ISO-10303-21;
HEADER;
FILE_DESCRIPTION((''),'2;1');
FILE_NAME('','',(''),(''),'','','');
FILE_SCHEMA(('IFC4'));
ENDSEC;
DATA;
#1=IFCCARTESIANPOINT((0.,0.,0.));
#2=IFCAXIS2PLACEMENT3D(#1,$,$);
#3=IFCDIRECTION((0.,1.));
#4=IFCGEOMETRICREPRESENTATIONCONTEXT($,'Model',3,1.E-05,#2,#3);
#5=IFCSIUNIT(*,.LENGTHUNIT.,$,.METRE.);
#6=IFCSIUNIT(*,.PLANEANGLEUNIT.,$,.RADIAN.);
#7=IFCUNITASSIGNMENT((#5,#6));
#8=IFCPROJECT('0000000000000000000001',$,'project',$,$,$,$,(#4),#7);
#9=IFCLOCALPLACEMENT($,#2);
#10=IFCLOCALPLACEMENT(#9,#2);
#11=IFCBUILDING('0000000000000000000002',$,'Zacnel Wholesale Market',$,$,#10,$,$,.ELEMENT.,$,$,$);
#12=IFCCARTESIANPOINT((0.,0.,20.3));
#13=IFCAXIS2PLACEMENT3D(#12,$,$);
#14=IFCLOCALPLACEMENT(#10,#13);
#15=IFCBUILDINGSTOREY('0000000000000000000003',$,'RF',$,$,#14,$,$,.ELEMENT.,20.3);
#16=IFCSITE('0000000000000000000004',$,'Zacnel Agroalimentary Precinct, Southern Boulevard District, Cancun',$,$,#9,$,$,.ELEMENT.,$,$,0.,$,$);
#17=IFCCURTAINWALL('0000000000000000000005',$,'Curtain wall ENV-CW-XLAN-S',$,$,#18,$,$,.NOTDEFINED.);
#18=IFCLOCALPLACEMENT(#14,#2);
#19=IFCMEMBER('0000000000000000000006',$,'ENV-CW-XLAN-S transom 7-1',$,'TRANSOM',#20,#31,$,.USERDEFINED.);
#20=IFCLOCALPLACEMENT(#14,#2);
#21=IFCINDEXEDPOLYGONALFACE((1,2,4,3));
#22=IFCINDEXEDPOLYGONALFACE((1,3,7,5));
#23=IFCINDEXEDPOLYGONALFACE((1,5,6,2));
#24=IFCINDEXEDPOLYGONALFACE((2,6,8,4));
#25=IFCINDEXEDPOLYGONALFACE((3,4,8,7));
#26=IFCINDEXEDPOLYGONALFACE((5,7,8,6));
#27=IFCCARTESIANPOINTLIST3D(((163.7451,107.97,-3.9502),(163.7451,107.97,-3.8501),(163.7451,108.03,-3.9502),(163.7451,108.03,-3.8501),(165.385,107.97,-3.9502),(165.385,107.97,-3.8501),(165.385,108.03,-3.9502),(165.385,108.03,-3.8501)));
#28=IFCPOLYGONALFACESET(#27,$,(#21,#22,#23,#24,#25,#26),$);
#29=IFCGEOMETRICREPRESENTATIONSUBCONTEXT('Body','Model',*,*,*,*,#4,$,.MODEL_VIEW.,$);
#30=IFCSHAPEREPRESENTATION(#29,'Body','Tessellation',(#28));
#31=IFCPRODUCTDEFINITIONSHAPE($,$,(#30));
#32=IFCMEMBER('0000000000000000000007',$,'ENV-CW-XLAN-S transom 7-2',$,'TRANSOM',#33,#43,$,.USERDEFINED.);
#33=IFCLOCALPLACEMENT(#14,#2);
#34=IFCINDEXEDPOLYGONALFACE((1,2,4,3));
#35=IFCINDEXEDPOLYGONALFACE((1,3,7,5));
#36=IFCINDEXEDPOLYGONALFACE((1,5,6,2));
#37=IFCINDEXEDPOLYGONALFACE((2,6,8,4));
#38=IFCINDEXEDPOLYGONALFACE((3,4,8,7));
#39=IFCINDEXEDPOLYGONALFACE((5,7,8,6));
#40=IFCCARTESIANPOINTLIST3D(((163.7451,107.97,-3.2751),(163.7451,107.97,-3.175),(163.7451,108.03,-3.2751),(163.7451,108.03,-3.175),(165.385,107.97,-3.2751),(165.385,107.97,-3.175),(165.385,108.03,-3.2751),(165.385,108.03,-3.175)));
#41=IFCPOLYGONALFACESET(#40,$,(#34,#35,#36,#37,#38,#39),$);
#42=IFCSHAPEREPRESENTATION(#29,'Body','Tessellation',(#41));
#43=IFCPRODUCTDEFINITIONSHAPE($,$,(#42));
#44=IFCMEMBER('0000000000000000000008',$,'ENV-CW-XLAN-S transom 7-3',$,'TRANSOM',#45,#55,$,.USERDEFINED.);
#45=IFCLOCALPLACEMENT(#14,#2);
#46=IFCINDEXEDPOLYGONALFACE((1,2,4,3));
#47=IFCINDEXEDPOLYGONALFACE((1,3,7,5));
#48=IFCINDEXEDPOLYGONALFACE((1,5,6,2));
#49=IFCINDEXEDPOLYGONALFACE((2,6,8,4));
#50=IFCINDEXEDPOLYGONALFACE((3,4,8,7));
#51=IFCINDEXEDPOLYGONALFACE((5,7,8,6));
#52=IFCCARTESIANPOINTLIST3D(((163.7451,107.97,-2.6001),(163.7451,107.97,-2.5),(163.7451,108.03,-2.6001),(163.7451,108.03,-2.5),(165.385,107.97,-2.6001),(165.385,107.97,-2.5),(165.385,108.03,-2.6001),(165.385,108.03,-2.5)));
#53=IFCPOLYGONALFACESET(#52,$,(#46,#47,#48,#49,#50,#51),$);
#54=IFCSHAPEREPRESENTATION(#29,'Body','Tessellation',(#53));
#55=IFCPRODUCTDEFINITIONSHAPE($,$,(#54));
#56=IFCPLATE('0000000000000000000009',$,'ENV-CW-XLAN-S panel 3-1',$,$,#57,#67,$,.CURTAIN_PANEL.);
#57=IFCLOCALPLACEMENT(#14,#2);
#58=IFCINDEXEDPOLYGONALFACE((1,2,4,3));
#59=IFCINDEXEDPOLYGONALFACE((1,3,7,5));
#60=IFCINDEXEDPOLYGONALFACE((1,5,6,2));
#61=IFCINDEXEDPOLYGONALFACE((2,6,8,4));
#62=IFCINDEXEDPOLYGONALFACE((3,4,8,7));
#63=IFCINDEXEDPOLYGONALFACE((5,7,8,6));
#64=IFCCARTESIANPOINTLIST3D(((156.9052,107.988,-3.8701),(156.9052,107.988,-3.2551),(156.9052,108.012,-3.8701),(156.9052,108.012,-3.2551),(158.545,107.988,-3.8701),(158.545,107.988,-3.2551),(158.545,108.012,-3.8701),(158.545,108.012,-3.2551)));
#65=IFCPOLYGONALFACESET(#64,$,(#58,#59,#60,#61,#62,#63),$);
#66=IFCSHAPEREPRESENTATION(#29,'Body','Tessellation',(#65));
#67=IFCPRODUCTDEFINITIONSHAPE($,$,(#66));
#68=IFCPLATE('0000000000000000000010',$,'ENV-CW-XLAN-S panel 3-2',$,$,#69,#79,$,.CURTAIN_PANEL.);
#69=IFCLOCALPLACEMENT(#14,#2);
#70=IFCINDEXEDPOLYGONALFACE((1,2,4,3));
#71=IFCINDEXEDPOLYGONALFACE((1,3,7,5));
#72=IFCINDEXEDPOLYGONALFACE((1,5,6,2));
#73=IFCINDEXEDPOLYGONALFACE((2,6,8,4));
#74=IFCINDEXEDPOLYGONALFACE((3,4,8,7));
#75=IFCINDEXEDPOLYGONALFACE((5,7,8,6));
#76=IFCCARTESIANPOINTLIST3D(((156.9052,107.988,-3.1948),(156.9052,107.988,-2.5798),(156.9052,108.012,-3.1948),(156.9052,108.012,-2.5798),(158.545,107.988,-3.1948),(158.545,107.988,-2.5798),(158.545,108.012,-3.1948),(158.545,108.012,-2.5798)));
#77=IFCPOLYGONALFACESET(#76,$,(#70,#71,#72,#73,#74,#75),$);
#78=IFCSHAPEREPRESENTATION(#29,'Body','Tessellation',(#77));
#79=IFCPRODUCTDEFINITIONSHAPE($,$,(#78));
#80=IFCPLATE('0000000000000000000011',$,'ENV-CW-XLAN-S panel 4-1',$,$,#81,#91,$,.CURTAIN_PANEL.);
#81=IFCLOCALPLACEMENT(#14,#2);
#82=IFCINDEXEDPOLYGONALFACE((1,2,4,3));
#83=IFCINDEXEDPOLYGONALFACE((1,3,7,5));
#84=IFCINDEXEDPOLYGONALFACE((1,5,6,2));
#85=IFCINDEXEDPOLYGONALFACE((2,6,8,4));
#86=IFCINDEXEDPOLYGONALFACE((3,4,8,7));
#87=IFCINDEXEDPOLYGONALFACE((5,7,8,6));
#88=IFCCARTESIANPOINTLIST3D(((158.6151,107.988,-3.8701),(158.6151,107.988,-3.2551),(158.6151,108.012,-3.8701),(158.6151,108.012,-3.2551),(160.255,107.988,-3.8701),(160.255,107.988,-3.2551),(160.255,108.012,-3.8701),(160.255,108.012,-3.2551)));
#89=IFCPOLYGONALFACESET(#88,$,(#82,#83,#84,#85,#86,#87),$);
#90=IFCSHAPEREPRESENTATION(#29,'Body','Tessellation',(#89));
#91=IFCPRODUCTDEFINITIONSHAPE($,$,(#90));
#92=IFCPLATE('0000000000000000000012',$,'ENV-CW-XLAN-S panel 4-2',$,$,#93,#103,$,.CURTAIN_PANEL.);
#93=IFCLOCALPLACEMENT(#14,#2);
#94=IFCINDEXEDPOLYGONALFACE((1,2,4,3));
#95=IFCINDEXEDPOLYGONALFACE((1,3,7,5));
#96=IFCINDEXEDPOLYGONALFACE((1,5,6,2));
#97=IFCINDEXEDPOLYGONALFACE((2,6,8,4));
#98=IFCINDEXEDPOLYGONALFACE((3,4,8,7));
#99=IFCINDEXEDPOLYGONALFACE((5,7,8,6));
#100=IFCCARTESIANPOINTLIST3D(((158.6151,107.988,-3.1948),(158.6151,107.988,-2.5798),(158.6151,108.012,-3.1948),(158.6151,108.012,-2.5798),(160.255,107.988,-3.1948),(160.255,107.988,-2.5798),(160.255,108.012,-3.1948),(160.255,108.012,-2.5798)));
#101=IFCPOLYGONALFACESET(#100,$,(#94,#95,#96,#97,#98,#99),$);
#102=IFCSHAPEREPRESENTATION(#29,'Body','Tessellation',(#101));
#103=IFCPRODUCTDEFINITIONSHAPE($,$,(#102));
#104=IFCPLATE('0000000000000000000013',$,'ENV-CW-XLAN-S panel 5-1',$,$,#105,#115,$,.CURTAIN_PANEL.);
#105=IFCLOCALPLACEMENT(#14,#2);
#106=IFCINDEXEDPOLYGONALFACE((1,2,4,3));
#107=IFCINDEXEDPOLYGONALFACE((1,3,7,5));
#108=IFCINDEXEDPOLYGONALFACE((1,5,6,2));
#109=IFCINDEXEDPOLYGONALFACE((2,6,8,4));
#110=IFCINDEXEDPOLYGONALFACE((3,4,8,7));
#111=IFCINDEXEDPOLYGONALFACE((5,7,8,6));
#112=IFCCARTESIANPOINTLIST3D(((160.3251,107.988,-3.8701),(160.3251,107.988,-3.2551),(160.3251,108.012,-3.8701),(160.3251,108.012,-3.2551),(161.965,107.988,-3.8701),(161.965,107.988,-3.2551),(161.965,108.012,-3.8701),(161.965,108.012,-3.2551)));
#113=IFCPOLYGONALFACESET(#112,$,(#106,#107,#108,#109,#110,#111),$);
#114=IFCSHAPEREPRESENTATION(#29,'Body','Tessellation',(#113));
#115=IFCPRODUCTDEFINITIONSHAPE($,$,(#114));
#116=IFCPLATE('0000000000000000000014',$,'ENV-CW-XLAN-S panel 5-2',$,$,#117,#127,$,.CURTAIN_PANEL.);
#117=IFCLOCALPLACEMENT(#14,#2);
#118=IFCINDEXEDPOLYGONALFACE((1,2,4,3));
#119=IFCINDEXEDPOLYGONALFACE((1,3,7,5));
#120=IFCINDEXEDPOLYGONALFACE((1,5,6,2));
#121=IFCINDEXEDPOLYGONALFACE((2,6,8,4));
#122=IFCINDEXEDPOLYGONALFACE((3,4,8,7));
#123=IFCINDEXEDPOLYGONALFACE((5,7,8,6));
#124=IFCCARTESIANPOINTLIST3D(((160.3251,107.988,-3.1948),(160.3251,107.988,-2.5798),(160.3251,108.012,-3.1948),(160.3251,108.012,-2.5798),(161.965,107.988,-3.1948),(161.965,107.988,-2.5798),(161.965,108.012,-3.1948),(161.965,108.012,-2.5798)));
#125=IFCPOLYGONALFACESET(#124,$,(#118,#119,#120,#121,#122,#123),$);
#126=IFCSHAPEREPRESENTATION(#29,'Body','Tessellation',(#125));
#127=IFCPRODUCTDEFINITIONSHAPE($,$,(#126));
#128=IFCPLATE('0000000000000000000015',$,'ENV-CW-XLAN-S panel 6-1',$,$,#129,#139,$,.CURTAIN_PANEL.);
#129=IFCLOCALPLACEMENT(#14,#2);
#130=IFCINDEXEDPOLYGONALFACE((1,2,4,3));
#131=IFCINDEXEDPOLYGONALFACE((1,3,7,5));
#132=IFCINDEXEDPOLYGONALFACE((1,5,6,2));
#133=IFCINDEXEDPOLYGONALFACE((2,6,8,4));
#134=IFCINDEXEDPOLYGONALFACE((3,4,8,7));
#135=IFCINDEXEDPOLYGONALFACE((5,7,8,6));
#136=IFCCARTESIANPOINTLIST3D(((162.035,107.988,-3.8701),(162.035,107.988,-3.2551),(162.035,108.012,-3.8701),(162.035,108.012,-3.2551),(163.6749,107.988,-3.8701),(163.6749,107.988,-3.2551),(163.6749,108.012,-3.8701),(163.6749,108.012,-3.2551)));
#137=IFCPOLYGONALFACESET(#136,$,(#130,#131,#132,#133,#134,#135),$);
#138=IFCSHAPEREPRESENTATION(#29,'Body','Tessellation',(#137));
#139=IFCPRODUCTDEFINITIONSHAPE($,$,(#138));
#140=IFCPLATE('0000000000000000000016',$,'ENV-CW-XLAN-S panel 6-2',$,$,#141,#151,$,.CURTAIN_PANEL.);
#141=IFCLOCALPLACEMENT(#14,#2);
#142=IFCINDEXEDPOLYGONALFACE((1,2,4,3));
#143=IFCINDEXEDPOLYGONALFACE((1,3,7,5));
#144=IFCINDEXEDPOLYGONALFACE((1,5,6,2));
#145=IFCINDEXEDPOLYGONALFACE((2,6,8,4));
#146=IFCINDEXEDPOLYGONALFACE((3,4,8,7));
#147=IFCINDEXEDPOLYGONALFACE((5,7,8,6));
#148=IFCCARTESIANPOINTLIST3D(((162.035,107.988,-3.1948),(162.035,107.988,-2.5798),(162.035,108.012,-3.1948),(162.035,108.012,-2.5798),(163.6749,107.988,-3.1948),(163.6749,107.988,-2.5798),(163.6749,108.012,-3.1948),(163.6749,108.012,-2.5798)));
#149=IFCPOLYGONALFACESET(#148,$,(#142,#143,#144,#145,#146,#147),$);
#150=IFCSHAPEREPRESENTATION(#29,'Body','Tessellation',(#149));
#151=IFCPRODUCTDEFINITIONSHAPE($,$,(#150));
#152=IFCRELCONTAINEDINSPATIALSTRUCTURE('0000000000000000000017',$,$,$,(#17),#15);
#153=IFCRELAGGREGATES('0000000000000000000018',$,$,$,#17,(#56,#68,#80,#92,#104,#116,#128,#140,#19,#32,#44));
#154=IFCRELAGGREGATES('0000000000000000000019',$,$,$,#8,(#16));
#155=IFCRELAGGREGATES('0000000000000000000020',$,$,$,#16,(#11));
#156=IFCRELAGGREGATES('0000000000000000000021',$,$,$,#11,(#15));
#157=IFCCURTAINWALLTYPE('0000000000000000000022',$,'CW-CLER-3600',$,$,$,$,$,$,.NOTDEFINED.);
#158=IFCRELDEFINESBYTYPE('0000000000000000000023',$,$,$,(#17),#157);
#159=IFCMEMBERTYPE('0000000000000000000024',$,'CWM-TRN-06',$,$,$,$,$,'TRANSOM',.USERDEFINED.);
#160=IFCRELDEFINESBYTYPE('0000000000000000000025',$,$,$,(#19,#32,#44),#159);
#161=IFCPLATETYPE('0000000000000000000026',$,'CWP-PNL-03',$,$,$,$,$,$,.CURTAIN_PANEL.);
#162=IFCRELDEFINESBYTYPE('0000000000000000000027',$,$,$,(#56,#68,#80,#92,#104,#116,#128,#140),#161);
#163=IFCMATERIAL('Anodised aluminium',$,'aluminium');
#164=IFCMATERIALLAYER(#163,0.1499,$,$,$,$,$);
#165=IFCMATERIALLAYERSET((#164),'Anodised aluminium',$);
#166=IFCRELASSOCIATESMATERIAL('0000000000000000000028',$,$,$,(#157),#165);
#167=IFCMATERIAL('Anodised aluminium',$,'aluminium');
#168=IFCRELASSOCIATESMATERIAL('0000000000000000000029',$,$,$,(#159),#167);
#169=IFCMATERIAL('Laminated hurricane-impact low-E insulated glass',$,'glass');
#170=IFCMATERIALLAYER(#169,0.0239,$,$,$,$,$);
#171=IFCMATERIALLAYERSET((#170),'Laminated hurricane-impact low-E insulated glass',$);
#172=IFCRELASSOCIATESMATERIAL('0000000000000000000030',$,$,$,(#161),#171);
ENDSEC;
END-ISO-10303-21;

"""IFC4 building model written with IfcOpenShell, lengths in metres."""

from ifc_helpers import new_model, si_unit, direction, frame, origin, origin_2d, place, context, subcontext, project, spatial, rectangle, extrude, material, layer, layer_set, material_profile, profile_set, type_object, element, aggregate, save


model = new_model("IFC4")

# Units and contexts
model_context = context("Model", 3, precision=1e-05, world=origin(), true_north=direction((0.0, 1.0)))
body_context = subcontext(model_context, "Body", "Model", "MODEL_VIEW")
ifc_project = project(units=[si_unit("LENGTHUNIT", "METRE"), si_unit("PLANEANGLEUNIT", "RADIAN")], contexts=[model_context])

# Site, building, storey
site_placement = place(None, origin())
site = spatial("IfcSite", under=ifc_project, at=site_placement, Name="Zacnel Agroalimentary Precinct, Southern Boulevard District, Cancun", CompositionType="ELEMENT", RefElevation=0.0)
building_placement = place(site_placement, origin())
building = spatial("IfcBuilding", under=site, at=building_placement, Name="Zacnel Wholesale Market", CompositionType="ELEMENT")
storey_placement = place(building_placement, frame((0.0, 0.0, 20.3)))
storey = spatial("IfcBuildingStorey", under=building, at=storey_placement, Name="RF", CompositionType="ELEMENT", Elevation=20.3)

# Curtain wall, members, plates
ifc_material_1 = material(Name="Anodised aluminium", Category="aluminium")
ifc_layer_1 = layer(ifc_material_1, 0.1499)
ifc_layer_set_1 = layer_set([ifc_layer_1], Name="Anodised aluminium")
curtain_wall_type = type_object("IfcCurtainWallType", Name="CW-CLER-3600", PredefinedType="NOTDEFINED", material=ifc_layer_set_1)
curtain_wall_placement = place(storey_placement, origin())
curtain_wall = element("IfcCurtainWall", 1, at=curtain_wall_placement, inside=storey, type_object=curtain_wall_type, Name="Curtain wall ENV-CW-XLAN-S", PredefinedType="NOTDEFINED")
ifc_material_2 = material(Name="Anodised aluminium", Category="aluminium")
ifc_material_profile_1 = material_profile(ifc_material_2, rectangle(XDim=0.0601, YDim=0.1001, at=origin_2d()), Name="AW-TRANSOM 60x100")
ifc_profile_set_1 = profile_set([ifc_material_profile_1], Name="Anodised aluminium")
member_type_1 = type_object("IfcMemberType", Name="CWM-TRN-06", ElementType="TRANSOM", PredefinedType="USERDEFINED", material=ifc_profile_set_1)
member_1_placement = place(storey_placement, frame((163.7451, 108.0, -3.9001), z_axis=(1.0, 0.0, 0.0), x_axis=(0.0, 1.0, 0.0)))
member_1 = element("IfcMember", 2, at=member_1_placement, type_object=member_type_1, Name="ENV-CW-XLAN-S transom 7-1", ObjectType="TRANSOM", PredefinedType="USERDEFINED", context=body_context, shape_type="SweptSolid", body=[
    extrude(rectangle(XDim=0.0601, YDim=0.1001, at=origin_2d()), origin(), (0.0, 0.0, 1.0), 1.6399),
])
member_2_placement = place(storey_placement, frame((163.7451, 108.0, -3.2251), z_axis=(1.0, 0.0, 0.0), x_axis=(0.0, 1.0, 0.0)))
member_2 = element("IfcMember", 3, at=member_2_placement, type_object=member_type_1, Name="ENV-CW-XLAN-S transom 7-2", ObjectType="TRANSOM", PredefinedType="USERDEFINED", context=body_context, shape_type="SweptSolid", body=[
    extrude(rectangle(XDim=0.0601, YDim=0.1001, at=origin_2d()), origin(), (0.0, 0.0, 1.0), 1.6399),
])
member_3_placement = place(storey_placement, frame((163.7451, 108.0, -2.55), z_axis=(1.0, 0.0, 0.0), x_axis=(0.0, 1.0, 0.0)))
member_3 = element("IfcMember", 4, at=member_3_placement, type_object=member_type_1, Name="ENV-CW-XLAN-S transom 7-3", ObjectType="TRANSOM", PredefinedType="USERDEFINED", context=body_context, shape_type="SweptSolid", body=[
    extrude(rectangle(XDim=0.0601, YDim=0.1001, at=origin_2d()), origin(), (0.0, 0.0, 1.0), 1.6399),
])
ifc_material_3 = material(Name="Laminated hurricane-impact low-E insulated glass", Category="glass")
ifc_layer_2 = layer(ifc_material_3, 0.0239)
ifc_layer_set_2 = layer_set([ifc_layer_2], Name="Laminated hurricane-impact low-E insulated glass")
plate_type = type_object("IfcPlateType", Name="CWP-PNL-03", PredefinedType="CURTAIN_PANEL", material=ifc_layer_set_2)
plate_1_placement = place(storey_placement, frame((157.7251, 108.0, -3.8701), z_axis=(0.0, 0.0, 1.0), x_axis=(1.0, 0.0, 0.0)))
plate_1 = element("IfcPlate", 5, at=plate_1_placement, type_object=plate_type, Name="ENV-CW-XLAN-S panel 3-1", PredefinedType="CURTAIN_PANEL", context=body_context, shape_type="SweptSolid", body=[
    extrude(rectangle(XDim=1.6399, YDim=0.0239, at=origin_2d()), origin(), (0.0, 0.0, 1.0), 0.615),
])
plate_2_placement = place(storey_placement, frame((157.7251, 108.0, -3.1948), z_axis=(0.0, 0.0, 1.0), x_axis=(1.0, 0.0, 0.0)))
plate_2 = element("IfcPlate", 6, at=plate_2_placement, type_object=plate_type, Name="ENV-CW-XLAN-S panel 3-2", PredefinedType="CURTAIN_PANEL", context=body_context, shape_type="SweptSolid", body=[
    extrude(rectangle(XDim=1.6399, YDim=0.0239, at=origin_2d()), origin(), (0.0, 0.0, 1.0), 0.615),
])
plate_3_placement = place(storey_placement, frame((159.4351, 108.0, -3.8701), z_axis=(0.0, 0.0, 1.0), x_axis=(1.0, 0.0, 0.0)))
plate_3 = element("IfcPlate", 7, at=plate_3_placement, type_object=plate_type, Name="ENV-CW-XLAN-S panel 4-1", PredefinedType="CURTAIN_PANEL", context=body_context, shape_type="SweptSolid", body=[
    extrude(rectangle(XDim=1.6399, YDim=0.0239, at=origin_2d()), origin(), (0.0, 0.0, 1.0), 0.615),
])
plate_4_placement = place(storey_placement, frame((159.4351, 108.0, -3.1948), z_axis=(0.0, 0.0, 1.0), x_axis=(1.0, 0.0, 0.0)))
plate_4 = element("IfcPlate", 8, at=plate_4_placement, type_object=plate_type, Name="ENV-CW-XLAN-S panel 4-2", PredefinedType="CURTAIN_PANEL", context=body_context, shape_type="SweptSolid", body=[
    extrude(rectangle(XDim=1.6399, YDim=0.0239, at=origin_2d()), origin(), (0.0, 0.0, 1.0), 0.615),
])
plate_5_placement = place(storey_placement, frame((161.145, 108.0, -3.8701), z_axis=(0.0, 0.0, 1.0), x_axis=(1.0, 0.0, 0.0)))
plate_5 = element("IfcPlate", 9, at=plate_5_placement, type_object=plate_type, Name="ENV-CW-XLAN-S panel 5-1", PredefinedType="CURTAIN_PANEL", context=body_context, shape_type="SweptSolid", body=[
    extrude(rectangle(XDim=1.6399, YDim=0.0239, at=origin_2d()), origin(), (0.0, 0.0, 1.0), 0.615),
])
plate_6_placement = place(storey_placement, frame((161.145, 108.0, -3.1948), z_axis=(0.0, 0.0, 1.0), x_axis=(1.0, 0.0, 0.0)))
plate_6 = element("IfcPlate", 10, at=plate_6_placement, type_object=plate_type, Name="ENV-CW-XLAN-S panel 5-2", PredefinedType="CURTAIN_PANEL", context=body_context, shape_type="SweptSolid", body=[
    extrude(rectangle(XDim=1.6399, YDim=0.0239, at=origin_2d()), origin(), (0.0, 0.0, 1.0), 0.615),
])
plate_7_placement = place(storey_placement, frame((162.855, 108.0, -3.8701), z_axis=(0.0, 0.0, 1.0), x_axis=(1.0, 0.0, 0.0)))
plate_7 = element("IfcPlate", 11, at=plate_7_placement, type_object=plate_type, Name="ENV-CW-XLAN-S panel 6-1", PredefinedType="CURTAIN_PANEL", context=body_context, shape_type="SweptSolid", body=[
    extrude(rectangle(XDim=1.6399, YDim=0.0239, at=origin_2d()), origin(), (0.0, 0.0, 1.0), 0.615),
])
plate_8_placement = place(storey_placement, frame((162.855, 108.0, -3.1948), z_axis=(0.0, 0.0, 1.0), x_axis=(1.0, 0.0, 0.0)))
plate_8 = element("IfcPlate", 12, at=plate_8_placement, type_object=plate_type, Name="ENV-CW-XLAN-S panel 6-2", PredefinedType="CURTAIN_PANEL", context=body_context, shape_type="SweptSolid", body=[
    extrude(rectangle(XDim=1.6399, YDim=0.0239, at=origin_2d()), origin(), (0.0, 0.0, 1.0), 0.615),
])
aggregate(curtain_wall, [plate_1, plate_2, plate_3, plate_4, plate_5, plate_6, plate_7, plate_8, member_1, member_2, member_3])

save(model, "model.ifc")
